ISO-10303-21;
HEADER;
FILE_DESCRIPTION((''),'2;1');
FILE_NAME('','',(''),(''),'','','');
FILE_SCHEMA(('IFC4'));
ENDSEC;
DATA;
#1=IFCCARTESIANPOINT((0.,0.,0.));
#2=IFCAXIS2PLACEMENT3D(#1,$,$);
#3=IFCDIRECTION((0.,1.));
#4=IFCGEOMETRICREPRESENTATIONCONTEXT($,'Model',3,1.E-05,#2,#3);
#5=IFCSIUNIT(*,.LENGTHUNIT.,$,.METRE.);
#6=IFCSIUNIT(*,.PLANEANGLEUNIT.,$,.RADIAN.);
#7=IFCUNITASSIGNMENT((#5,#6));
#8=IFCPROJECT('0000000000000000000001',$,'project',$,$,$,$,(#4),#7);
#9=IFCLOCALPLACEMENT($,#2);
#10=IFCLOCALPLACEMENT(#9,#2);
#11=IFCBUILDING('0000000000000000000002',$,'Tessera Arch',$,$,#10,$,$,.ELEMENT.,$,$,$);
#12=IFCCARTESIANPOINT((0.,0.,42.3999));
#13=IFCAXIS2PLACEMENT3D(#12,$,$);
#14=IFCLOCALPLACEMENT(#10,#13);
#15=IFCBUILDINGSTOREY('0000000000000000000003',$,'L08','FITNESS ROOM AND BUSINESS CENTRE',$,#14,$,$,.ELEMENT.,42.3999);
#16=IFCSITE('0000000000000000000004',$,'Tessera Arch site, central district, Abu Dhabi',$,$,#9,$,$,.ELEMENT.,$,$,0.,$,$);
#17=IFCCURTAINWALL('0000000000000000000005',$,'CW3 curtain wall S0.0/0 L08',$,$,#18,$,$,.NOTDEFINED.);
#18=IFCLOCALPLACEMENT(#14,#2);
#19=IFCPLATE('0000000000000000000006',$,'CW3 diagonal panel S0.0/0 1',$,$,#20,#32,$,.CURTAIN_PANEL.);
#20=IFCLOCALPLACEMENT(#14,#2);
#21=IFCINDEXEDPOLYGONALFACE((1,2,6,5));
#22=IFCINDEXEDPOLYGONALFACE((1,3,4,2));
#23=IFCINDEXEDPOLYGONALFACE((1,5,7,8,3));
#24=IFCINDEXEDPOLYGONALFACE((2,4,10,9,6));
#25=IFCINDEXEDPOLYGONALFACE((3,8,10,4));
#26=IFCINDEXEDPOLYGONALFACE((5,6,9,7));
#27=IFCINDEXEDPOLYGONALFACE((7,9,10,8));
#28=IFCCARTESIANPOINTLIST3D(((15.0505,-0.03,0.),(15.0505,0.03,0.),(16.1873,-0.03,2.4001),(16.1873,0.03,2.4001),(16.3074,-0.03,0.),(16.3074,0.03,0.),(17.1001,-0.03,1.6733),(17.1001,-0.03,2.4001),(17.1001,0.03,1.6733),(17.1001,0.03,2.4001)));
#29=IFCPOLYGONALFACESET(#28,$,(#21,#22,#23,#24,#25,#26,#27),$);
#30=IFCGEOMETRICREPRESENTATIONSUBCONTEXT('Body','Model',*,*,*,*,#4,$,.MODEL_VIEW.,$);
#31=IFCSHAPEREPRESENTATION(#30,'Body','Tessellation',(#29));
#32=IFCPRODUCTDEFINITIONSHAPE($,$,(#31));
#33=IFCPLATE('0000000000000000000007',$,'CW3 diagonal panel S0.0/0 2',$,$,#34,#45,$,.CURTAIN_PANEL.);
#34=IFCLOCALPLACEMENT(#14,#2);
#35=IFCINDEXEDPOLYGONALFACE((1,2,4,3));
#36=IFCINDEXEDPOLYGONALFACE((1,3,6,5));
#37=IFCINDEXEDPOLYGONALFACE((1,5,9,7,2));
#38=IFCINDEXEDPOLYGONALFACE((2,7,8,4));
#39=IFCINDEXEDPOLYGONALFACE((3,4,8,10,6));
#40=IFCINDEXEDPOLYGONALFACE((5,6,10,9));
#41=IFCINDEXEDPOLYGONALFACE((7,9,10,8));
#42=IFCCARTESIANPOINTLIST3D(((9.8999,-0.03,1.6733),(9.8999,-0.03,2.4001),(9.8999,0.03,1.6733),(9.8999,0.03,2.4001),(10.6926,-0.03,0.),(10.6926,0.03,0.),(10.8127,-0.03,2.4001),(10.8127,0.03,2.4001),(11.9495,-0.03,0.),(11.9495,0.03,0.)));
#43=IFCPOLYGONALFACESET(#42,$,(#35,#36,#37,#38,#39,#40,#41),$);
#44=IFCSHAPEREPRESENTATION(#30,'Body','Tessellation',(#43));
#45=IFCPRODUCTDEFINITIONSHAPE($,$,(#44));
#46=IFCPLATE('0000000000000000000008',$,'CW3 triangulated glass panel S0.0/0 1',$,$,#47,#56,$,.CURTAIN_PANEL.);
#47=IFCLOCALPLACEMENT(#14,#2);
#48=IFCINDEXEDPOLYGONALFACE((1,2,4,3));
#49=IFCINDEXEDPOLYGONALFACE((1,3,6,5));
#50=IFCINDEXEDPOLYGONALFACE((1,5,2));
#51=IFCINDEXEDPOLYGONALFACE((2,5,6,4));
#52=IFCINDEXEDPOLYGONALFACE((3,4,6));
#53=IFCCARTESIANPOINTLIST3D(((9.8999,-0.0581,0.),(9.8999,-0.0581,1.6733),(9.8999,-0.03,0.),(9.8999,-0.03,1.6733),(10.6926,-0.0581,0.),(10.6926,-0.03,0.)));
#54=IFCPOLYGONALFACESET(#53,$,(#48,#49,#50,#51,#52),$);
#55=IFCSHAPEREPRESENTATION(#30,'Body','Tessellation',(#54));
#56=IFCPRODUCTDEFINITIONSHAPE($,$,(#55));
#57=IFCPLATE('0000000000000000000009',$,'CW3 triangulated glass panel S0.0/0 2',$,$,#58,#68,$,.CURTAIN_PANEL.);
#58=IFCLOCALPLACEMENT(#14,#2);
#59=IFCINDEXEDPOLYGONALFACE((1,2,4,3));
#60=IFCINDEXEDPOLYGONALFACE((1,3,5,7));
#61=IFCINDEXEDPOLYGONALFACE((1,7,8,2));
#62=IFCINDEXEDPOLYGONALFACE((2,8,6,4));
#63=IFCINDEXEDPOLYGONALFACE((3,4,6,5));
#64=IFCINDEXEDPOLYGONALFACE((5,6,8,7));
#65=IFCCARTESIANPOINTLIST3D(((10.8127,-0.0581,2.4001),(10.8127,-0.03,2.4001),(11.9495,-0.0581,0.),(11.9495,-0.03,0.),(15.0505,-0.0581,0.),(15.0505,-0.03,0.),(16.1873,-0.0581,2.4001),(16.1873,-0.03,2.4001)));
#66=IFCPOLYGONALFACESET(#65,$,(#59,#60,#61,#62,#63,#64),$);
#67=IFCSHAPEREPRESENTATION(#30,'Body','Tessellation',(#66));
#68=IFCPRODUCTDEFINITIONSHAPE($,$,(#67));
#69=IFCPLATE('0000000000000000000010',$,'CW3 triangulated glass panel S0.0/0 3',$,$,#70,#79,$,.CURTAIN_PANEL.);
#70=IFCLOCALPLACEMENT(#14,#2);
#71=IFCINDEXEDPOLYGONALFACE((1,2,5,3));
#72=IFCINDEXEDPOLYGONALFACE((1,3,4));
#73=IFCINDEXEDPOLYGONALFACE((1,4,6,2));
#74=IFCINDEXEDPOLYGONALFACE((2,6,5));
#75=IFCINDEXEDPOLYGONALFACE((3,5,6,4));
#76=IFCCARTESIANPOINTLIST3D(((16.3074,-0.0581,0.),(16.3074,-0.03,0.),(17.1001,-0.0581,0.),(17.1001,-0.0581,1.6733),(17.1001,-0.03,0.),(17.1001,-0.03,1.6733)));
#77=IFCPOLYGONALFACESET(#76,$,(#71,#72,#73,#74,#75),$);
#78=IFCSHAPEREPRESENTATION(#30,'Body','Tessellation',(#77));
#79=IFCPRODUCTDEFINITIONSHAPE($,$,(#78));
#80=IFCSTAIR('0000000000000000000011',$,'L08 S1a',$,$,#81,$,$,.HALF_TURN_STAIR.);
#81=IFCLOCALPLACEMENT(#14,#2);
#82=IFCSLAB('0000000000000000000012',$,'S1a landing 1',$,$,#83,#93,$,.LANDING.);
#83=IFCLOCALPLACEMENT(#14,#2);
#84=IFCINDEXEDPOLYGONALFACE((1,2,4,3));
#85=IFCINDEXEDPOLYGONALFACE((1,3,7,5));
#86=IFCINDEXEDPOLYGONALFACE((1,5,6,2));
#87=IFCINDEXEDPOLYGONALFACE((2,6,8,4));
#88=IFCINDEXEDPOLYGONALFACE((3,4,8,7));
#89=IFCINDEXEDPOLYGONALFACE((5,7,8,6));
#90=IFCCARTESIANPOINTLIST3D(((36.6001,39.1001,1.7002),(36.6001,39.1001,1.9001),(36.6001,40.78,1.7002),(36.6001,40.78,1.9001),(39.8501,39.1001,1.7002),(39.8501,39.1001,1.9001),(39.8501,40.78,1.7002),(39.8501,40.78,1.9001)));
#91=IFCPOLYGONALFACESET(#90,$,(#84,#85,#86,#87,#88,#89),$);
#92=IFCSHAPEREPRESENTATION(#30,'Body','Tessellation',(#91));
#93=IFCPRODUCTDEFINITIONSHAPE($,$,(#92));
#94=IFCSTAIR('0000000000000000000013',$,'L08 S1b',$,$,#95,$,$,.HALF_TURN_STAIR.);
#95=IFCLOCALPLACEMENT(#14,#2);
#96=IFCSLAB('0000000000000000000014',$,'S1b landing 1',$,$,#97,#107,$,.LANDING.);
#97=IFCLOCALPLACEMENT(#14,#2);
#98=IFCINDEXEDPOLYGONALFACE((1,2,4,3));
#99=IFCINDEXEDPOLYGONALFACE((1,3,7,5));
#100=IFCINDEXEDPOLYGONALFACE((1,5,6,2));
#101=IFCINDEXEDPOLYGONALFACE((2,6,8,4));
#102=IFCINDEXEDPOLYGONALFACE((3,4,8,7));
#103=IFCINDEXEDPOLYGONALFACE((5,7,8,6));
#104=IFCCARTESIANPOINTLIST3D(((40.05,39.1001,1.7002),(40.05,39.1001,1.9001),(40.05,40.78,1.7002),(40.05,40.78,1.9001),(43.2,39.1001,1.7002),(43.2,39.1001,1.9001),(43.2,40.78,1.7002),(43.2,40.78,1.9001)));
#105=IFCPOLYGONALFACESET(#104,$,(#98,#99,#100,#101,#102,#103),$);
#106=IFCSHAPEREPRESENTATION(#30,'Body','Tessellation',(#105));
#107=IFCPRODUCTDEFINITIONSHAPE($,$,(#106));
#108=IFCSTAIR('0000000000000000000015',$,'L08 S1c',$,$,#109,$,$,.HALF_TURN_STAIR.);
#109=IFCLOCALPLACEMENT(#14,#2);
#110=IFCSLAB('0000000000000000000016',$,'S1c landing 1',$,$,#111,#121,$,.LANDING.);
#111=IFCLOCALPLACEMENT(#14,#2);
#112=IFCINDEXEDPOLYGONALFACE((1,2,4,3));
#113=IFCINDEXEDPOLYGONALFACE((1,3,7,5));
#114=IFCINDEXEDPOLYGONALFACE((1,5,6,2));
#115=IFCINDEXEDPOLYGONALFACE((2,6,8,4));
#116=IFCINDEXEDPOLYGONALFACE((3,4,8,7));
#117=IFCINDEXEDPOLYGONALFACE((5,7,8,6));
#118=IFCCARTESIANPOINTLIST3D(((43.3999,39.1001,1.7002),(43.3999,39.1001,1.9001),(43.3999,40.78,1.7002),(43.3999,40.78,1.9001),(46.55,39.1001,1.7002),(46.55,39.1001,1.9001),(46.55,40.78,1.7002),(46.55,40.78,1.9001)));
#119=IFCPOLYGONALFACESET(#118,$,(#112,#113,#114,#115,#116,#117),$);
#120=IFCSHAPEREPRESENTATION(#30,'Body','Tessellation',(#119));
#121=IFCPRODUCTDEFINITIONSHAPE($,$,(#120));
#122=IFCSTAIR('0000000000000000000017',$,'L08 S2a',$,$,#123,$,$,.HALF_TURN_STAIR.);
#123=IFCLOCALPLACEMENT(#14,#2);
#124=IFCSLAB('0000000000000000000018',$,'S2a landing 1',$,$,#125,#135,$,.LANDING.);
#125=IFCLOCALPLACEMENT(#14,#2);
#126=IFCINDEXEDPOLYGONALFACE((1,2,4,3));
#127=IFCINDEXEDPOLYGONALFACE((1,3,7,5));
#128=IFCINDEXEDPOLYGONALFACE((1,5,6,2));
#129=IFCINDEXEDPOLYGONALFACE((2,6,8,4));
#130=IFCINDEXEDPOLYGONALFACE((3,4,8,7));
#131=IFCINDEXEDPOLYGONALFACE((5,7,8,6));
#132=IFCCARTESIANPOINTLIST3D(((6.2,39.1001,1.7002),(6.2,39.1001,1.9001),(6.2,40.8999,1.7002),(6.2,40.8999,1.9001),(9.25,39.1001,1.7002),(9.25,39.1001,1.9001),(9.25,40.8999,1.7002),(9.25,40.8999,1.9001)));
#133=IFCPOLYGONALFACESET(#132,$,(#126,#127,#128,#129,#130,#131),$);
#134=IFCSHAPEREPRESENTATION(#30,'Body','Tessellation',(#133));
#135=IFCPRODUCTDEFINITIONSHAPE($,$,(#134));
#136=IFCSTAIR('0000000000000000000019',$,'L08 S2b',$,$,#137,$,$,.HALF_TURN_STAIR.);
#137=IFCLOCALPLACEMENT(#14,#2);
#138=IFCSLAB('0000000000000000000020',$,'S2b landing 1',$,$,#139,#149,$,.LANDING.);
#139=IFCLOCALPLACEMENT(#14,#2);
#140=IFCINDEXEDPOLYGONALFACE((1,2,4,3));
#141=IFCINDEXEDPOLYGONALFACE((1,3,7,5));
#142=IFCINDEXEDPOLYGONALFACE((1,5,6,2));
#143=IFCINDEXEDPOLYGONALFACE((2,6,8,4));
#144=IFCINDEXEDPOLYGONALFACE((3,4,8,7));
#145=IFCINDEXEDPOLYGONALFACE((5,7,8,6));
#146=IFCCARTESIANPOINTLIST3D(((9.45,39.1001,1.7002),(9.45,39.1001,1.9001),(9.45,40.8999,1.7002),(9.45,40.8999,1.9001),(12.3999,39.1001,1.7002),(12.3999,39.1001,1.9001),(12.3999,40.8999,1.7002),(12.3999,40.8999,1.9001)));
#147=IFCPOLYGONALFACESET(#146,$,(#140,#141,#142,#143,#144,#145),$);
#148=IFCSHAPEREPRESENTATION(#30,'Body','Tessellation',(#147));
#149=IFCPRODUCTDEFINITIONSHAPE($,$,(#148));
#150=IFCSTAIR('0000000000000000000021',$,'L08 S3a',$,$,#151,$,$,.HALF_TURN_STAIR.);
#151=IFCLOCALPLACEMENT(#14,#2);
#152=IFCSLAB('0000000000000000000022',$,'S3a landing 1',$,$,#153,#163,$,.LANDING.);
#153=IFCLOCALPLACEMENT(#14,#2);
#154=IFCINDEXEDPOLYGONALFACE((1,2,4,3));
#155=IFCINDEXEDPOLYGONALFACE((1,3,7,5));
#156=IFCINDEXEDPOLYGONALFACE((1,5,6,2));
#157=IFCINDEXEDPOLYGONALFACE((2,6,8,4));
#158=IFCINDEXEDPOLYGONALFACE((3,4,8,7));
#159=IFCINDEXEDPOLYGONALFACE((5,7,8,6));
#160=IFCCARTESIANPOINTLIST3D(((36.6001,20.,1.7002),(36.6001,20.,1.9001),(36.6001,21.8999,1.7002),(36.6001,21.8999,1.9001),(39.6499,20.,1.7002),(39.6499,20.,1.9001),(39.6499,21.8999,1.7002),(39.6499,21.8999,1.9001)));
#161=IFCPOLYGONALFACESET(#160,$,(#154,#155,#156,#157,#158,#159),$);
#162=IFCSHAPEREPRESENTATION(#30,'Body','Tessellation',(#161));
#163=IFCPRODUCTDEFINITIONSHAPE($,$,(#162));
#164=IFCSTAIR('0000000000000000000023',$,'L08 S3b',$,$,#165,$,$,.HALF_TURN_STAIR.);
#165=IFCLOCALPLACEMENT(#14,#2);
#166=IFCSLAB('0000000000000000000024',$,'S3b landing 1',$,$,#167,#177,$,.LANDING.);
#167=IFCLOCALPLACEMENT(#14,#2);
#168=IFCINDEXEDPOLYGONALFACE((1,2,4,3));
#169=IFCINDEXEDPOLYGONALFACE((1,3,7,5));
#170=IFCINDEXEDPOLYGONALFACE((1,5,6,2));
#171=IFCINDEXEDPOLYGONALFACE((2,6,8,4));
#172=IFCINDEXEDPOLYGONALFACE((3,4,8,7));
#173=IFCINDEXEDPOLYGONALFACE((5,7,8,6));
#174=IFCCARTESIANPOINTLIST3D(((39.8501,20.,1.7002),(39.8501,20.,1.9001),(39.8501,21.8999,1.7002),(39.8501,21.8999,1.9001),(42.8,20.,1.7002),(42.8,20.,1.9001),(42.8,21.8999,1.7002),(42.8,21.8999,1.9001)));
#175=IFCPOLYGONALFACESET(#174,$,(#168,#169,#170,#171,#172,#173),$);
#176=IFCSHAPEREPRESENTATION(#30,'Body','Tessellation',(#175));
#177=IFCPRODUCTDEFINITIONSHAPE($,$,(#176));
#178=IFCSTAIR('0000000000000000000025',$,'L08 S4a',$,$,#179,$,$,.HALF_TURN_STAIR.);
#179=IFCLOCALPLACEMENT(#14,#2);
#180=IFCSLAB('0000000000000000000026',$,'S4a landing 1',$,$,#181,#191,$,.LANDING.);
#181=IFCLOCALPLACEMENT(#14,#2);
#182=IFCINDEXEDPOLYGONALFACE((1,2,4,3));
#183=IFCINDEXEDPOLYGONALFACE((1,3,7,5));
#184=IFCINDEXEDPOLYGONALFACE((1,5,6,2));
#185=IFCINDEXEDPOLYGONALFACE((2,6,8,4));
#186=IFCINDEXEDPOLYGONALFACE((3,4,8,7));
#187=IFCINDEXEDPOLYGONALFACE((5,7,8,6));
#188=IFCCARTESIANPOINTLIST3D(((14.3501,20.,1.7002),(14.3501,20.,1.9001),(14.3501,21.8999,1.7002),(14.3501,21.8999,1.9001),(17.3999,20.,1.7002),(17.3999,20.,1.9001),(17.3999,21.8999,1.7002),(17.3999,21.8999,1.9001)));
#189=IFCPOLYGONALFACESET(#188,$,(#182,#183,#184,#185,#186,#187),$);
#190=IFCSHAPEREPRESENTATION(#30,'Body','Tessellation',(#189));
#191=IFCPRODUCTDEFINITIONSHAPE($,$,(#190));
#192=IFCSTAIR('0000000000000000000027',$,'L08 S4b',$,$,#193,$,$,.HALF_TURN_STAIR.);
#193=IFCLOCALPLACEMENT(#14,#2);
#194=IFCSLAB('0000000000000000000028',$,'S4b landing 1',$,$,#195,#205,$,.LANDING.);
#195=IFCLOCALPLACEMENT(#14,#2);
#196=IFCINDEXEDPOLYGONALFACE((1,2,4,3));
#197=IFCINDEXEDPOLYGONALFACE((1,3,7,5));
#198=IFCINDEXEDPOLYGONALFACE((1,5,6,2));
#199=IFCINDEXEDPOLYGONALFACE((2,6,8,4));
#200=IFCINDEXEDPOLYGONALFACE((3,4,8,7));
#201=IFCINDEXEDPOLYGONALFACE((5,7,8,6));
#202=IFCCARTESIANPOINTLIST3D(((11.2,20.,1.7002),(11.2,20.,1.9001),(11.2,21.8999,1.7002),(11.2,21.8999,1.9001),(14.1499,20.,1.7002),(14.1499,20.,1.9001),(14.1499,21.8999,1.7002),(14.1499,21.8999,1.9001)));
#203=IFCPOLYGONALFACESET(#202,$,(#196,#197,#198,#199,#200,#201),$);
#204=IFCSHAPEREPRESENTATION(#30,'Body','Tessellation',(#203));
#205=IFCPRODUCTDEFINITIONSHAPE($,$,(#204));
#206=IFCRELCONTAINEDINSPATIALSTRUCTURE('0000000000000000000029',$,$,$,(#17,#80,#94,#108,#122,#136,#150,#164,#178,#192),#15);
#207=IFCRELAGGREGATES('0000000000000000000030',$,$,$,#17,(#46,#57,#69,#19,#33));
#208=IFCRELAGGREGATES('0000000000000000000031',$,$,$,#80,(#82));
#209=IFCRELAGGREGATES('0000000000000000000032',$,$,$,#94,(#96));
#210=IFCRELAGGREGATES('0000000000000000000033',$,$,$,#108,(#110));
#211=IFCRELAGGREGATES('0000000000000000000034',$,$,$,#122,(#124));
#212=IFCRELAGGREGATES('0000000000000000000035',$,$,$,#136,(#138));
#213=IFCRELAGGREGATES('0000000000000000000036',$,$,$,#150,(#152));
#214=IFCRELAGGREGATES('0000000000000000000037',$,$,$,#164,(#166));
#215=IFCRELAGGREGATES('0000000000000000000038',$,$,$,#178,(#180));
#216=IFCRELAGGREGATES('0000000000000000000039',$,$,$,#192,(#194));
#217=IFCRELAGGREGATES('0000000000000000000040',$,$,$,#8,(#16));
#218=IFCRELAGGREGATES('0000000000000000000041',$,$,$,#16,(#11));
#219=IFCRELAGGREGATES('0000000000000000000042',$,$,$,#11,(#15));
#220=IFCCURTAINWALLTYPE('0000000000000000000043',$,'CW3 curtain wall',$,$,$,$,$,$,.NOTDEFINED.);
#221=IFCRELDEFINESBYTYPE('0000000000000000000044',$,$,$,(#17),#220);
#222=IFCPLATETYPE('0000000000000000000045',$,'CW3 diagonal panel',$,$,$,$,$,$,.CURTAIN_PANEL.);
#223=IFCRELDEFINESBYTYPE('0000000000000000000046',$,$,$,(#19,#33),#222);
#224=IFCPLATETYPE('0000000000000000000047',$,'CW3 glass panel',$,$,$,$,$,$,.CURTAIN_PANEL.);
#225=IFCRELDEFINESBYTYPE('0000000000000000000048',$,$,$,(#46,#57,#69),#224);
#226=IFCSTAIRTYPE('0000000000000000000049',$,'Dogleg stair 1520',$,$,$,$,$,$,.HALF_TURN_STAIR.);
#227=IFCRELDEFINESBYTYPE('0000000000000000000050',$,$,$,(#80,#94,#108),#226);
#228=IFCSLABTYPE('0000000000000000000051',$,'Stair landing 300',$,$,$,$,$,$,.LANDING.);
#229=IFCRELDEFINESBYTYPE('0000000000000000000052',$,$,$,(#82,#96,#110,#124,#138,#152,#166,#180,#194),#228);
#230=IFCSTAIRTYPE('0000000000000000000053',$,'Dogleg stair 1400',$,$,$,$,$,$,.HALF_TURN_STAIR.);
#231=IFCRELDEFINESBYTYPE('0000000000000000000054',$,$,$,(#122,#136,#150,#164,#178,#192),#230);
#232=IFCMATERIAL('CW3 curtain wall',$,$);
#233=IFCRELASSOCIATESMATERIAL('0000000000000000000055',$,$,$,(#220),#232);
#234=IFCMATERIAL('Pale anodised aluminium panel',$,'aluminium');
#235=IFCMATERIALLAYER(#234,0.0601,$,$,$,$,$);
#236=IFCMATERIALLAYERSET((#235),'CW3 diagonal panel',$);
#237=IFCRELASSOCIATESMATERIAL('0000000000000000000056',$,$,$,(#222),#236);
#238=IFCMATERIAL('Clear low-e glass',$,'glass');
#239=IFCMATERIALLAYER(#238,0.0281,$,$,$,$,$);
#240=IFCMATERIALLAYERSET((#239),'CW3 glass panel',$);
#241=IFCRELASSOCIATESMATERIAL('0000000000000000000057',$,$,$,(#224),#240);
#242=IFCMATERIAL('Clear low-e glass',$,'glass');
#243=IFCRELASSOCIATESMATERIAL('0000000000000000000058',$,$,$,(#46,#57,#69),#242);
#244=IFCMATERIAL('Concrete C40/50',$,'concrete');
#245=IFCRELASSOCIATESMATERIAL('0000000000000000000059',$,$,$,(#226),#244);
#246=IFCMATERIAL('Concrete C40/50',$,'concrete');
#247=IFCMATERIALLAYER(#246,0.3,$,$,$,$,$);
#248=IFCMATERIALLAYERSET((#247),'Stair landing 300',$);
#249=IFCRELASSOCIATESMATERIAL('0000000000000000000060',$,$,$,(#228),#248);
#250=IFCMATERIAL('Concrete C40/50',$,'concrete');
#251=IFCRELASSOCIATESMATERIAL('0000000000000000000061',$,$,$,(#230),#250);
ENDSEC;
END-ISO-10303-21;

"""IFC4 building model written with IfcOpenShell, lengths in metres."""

from ifc_helpers import new_model, si_unit, direction, frame, origin, place, context, subcontext, project, spatial, polyline, outline, extrude, material, layer, layer_set, type_object, element, aggregate, save


model = new_model("IFC4")

# Units and contexts
model_context = context("Model", 3, precision=1e-05, world=origin(), true_north=direction((0.0, 1.0)))
body_context = subcontext(model_context, "Body", "Model", "MODEL_VIEW")
ifc_project = project(units=[si_unit("LENGTHUNIT", "METRE"), si_unit("PLANEANGLEUNIT", "RADIAN")], contexts=[model_context])

# Site, building, storey
site_placement = place(None, origin())
site = spatial("IfcSite", under=ifc_project, at=site_placement, Name="Tessera Arch site, central district, Abu Dhabi", CompositionType="ELEMENT", RefElevation=0.0)
building_placement = place(site_placement, origin())
building = spatial("IfcBuilding", under=site, at=building_placement, Name="Tessera Arch", CompositionType="ELEMENT")
storey_placement = place(building_placement, frame((0.0, 0.0, 42.3999)))
storey = spatial("IfcBuildingStorey", under=building, at=storey_placement, Name="L08", Description="FITNESS ROOM AND BUSINESS CENTRE", CompositionType="ELEMENT", Elevation=42.3999)

# Curtain wall, plates
ifc_material_1 = material(Name="CW3 curtain wall")
curtain_wall_type = type_object("IfcCurtainWallType", Name="CW3 curtain wall", PredefinedType="NOTDEFINED", material=ifc_material_1)
curtain_wall_placement = place(storey_placement, origin())
curtain_wall = element("IfcCurtainWall", 1, at=curtain_wall_placement, inside=storey, type_object=curtain_wall_type, Name="CW3 curtain wall S0.0/0 L08", PredefinedType="NOTDEFINED")
ifc_material_2 = material(Name="Pale anodised aluminium panel", Category="aluminium")
ifc_layer_1 = layer(ifc_material_2, 0.0601)
ifc_layer_set_1 = layer_set([ifc_layer_1], Name="CW3 diagonal panel")
plate_type_1 = type_object("IfcPlateType", Name="CW3 diagonal panel", PredefinedType="CURTAIN_PANEL", material=ifc_layer_set_1)
plate_1_placement = place(storey_placement, frame((17.1001, -0.03, 2.4001), z_axis=(0.0, -1.0, 0.0), x_axis=(-1.0, 0.0, 0.0)))
plate_1 = element("IfcPlate", 2, at=plate_1_placement, type_object=plate_type_1, Name="CW3 diagonal panel S0.0/0 1", PredefinedType="CURTAIN_PANEL", context=body_context, shape_type="SweptSolid", body=[
    extrude(outline(polyline([(0.0, 0.0), (0.9128, 0.0), (2.0496, 2.4001), (0.7927, 2.4001), (0.0, 0.7268), (0.0, 0.0)])), origin(), (0.0, 0.0, -1.0), 0.0601),
])
plate_2_placement = place(storey_placement, frame((9.8999, -0.03, 2.4001), z_axis=(0.0, -1.0, 0.0), x_axis=(0.0, 0.0, -1.0)))
plate_2 = element("IfcPlate", 3, at=plate_2_placement, type_object=plate_type_1, Name="CW3 diagonal panel S0.0/0 2", PredefinedType="CURTAIN_PANEL", context=body_context, shape_type="SweptSolid", body=[
    extrude(outline(polyline([(0.0, 0.0), (0.7268, 0.0), (2.4001, 0.7927), (2.4001, 2.0496), (0.0, 0.9128), (0.0, 0.0)])), origin(), (0.0, 0.0, -1.0), 0.0601),
])
ifc_material_3 = material(Name="Clear low-e glass", Category="glass")
ifc_material_4 = material(Name="Clear low-e glass", Category="glass")
ifc_layer_2 = layer(ifc_material_4, 0.0281)
ifc_layer_set_2 = layer_set([ifc_layer_2], Name="CW3 glass panel")
plate_type_2 = type_object("IfcPlateType", Name="CW3 glass panel", PredefinedType="CURTAIN_PANEL", material=ifc_layer_set_2)
plate_3_placement = place(storey_placement, frame((9.8999, -0.0581, 0.0), z_axis=(0.0, -1.0, 0.0), x_axis=(1.0, 0.0, 0.0)))
plate_3 = element("IfcPlate", 4, at=plate_3_placement, type_object=plate_type_2, material=ifc_material_3, Name="CW3 triangulated glass panel S0.0/0 1", PredefinedType="CURTAIN_PANEL", context=body_context, shape_type="SweptSolid", body=[
    extrude(outline(polyline([(0.0, 0.0), (0.7927, 0.0), (0.0, 1.6733), (0.0, 0.0)])), origin(), (0.0, 0.0, -1.0), 0.0281),
])
plate_4_placement = place(storey_placement, frame((16.1873, -0.0581, 2.4001), z_axis=(0.0, -1.0, 0.0), x_axis=(-1.0, 0.0, 0.0)))
plate_4 = element("IfcPlate", 5, at=plate_4_placement, type_object=plate_type_2, material=ifc_material_3, Name="CW3 triangulated glass panel S0.0/0 2", PredefinedType="CURTAIN_PANEL", context=body_context, shape_type="SweptSolid", body=[
    extrude(outline(polyline([(0.0, 0.0), (5.3745, 0.0), (4.2378, 2.4001), (1.1367, 2.4001), (0.0, 0.0)])), origin(), (0.0, 0.0, -1.0), 0.0281),
])
plate_5_placement = place(storey_placement, frame((17.1001, -0.0581, 0.0), z_axis=(0.0, -1.0, 0.0), x_axis=(0.0, 0.0, 1.0)))
plate_5 = element("IfcPlate", 6, at=plate_5_placement, type_object=plate_type_2, material=ifc_material_3, Name="CW3 triangulated glass panel S0.0/0 3", PredefinedType="CURTAIN_PANEL", context=body_context, shape_type="SweptSolid", body=[
    extrude(outline(polyline([(0.0, 0.0), (1.6733, 0.0), (0.0, 0.7927), (0.0, 0.0)])), origin(), (0.0, 0.0, -1.0), 0.0281),
])
aggregate(curtain_wall, [plate_3, plate_4, plate_5, plate_1, plate_2])

# Stairs, slabs
ifc_material_5 = material(Name="Concrete C40/50", Category="concrete")
stair_type_1 = type_object("IfcStairType", Name="Dogleg stair 1520", PredefinedType="HALF_TURN_STAIR", material=ifc_material_5)
stair_1_placement = place(storey_placement, origin())
stair_1 = element("IfcStair", 7, at=stair_1_placement, inside=storey, type_object=stair_type_1, Name="L08 S1a", PredefinedType="HALF_TURN_STAIR")
ifc_material_6 = material(Name="Concrete C40/50", Category="concrete")
ifc_layer_3 = layer(ifc_material_6, 0.3)
ifc_layer_set_3 = layer_set([ifc_layer_3], Name="Stair landing 300")
slab_type = type_object("IfcSlabType", Name="Stair landing 300", PredefinedType="LANDING", material=ifc_layer_set_3)
slab_1_placement = place(storey_placement, frame((0.0, 0.0, 1.7002)))
slab_1 = element("IfcSlab", 8, at=slab_1_placement, type_object=slab_type, Name="S1a landing 1", PredefinedType="LANDING", context=body_context, shape_type="SweptSolid", body=[
    extrude(outline(polyline([(36.6001, 40.78), (36.6001, 39.1001), (39.8501, 39.1001), (39.8501, 40.78), (36.6001, 40.78)])), origin(), (0.0, 0.0, 1.0), 0.2),
])
aggregate(stair_1, [slab_1])
stair_2_placement = place(storey_placement, origin())
stair_2 = element("IfcStair", 9, at=stair_2_placement, inside=storey, type_object=stair_type_1, Name="L08 S1b", PredefinedType="HALF_TURN_STAIR")
slab_2_placement = place(storey_placement, frame((0.0, 0.0, 1.7002)))
slab_2 = element("IfcSlab", 10, at=slab_2_placement, type_object=slab_type, Name="S1b landing 1", PredefinedType="LANDING", context=body_context, shape_type="SweptSolid", body=[
    extrude(outline(polyline([(40.05, 40.78), (40.05, 39.1001), (43.2, 39.1001), (43.2, 40.78), (40.05, 40.78)])), origin(), (0.0, 0.0, 1.0), 0.2),
])
aggregate(stair_2, [slab_2])
stair_3_placement = place(storey_placement, origin())
stair_3 = element("IfcStair", 11, at=stair_3_placement, inside=storey, type_object=stair_type_1, Name="L08 S1c", PredefinedType="HALF_TURN_STAIR")
slab_3_placement = place(storey_placement, frame((0.0, 0.0, 1.7002)))
slab_3 = element("IfcSlab", 12, at=slab_3_placement, type_object=slab_type, Name="S1c landing 1", PredefinedType="LANDING", context=body_context, shape_type="SweptSolid", body=[
    extrude(outline(polyline([(43.3999, 40.78), (43.3999, 39.1001), (46.55, 39.1001), (46.55, 40.78), (43.3999, 40.78)])), origin(), (0.0, 0.0, 1.0), 0.2),
])
aggregate(stair_3, [slab_3])
ifc_material_7 = material(Name="Concrete C40/50", Category="concrete")
stair_type_2 = type_object("IfcStairType", Name="Dogleg stair 1400", PredefinedType="HALF_TURN_STAIR", material=ifc_material_7)
stair_4_placement = place(storey_placement, origin())
stair_4 = element("IfcStair", 13, at=stair_4_placement, inside=storey, type_object=stair_type_2, Name="L08 S2a", PredefinedType="HALF_TURN_STAIR")
slab_4_placement = place(storey_placement, frame((0.0, 0.0, 1.7002)))
slab_4 = element("IfcSlab", 14, at=slab_4_placement, type_object=slab_type, Name="S2a landing 1", PredefinedType="LANDING", context=body_context, shape_type="SweptSolid", body=[
    extrude(outline(polyline([(6.2, 40.8999), (6.2, 39.1001), (9.25, 39.1001), (9.25, 40.8999), (6.2, 40.8999)])), origin(), (0.0, 0.0, 1.0), 0.2),
])
aggregate(stair_4, [slab_4])
stair_5_placement = place(storey_placement, origin())
stair_5 = element("IfcStair", 15, at=stair_5_placement, inside=storey, type_object=stair_type_2, Name="L08 S2b", PredefinedType="HALF_TURN_STAIR")
slab_5_placement = place(storey_placement, frame((0.0, 0.0, 1.7002)))
slab_5 = element("IfcSlab", 16, at=slab_5_placement, type_object=slab_type, Name="S2b landing 1", PredefinedType="LANDING", context=body_context, shape_type="SweptSolid", body=[
    extrude(outline(polyline([(9.45, 40.8999), (9.45, 39.1001), (12.3999, 39.1001), (12.3999, 40.8999), (9.45, 40.8999)])), origin(), (0.0, 0.0, 1.0), 0.2),
])
aggregate(stair_5, [slab_5])
stair_6_placement = place(storey_placement, origin())
stair_6 = element("IfcStair", 17, at=stair_6_placement, inside=storey, type_object=stair_type_2, Name="L08 S3a", PredefinedType="HALF_TURN_STAIR")
slab_6_placement = place(storey_placement, frame((0.0, 0.0, 1.7002)))
slab_6 = element("IfcSlab", 18, at=slab_6_placement, type_object=slab_type, Name="S3a landing 1", PredefinedType="LANDING", context=body_context, shape_type="SweptSolid", body=[
    extrude(outline(polyline([(39.6499, 20.0), (39.6499, 21.8999), (36.6001, 21.8999), (36.6001, 20.0), (39.6499, 20.0)])), origin(), (0.0, 0.0, 1.0), 0.2),
])
aggregate(stair_6, [slab_6])
stair_7_placement = place(storey_placement, origin())
stair_7 = element("IfcStair", 19, at=stair_7_placement, inside=storey, type_object=stair_type_2, Name="L08 S3b", PredefinedType="HALF_TURN_STAIR")
slab_7_placement = place(storey_placement, frame((0.0, 0.0, 1.7002)))
slab_7 = element("IfcSlab", 20, at=slab_7_placement, type_object=slab_type, Name="S3b landing 1", PredefinedType="LANDING", context=body_context, shape_type="SweptSolid", body=[
    extrude(outline(polyline([(42.8, 20.0), (42.8, 21.8999), (39.8501, 21.8999), (39.8501, 20.0), (42.8, 20.0)])), origin(), (0.0, 0.0, 1.0), 0.2),
])
aggregate(stair_7, [slab_7])
stair_8_placement = place(storey_placement, origin())
stair_8 = element("IfcStair", 21, at=stair_8_placement, inside=storey, type_object=stair_type_2, Name="L08 S4a", PredefinedType="HALF_TURN_STAIR")
slab_8_placement = place(storey_placement, frame((0.0, 0.0, 1.7002)))
slab_8 = element("IfcSlab", 22, at=slab_8_placement, type_object=slab_type, Name="S4a landing 1", PredefinedType="LANDING", context=body_context, shape_type="SweptSolid", body=[
    extrude(outline(polyline([(17.3999, 20.0), (17.3999, 21.8999), (14.3501, 21.8999), (14.3501, 20.0), (17.3999, 20.0)])), origin(), (0.0, 0.0, 1.0), 0.2),
])
aggregate(stair_8, [slab_8])
stair_9_placement = place(storey_placement, origin())
stair_9 = element("IfcStair", 23, at=stair_9_placement, inside=storey, type_object=stair_type_2, Name="L08 S4b", PredefinedType="HALF_TURN_STAIR")
slab_9_placement = place(storey_placement, frame((0.0, 0.0, 1.7002)))
slab_9 = element("IfcSlab", 24, at=slab_9_placement, type_object=slab_type, Name="S4b landing 1", PredefinedType="LANDING", context=body_context, shape_type="SweptSolid", body=[
    extrude(outline(polyline([(14.1499, 20.0), (14.1499, 21.8999), (11.2, 21.8999), (11.2, 20.0), (14.1499, 20.0)])), origin(), (0.0, 0.0, 1.0), 0.2),
])
aggregate(stair_9, [slab_9])

save(model, "model.ifc")
